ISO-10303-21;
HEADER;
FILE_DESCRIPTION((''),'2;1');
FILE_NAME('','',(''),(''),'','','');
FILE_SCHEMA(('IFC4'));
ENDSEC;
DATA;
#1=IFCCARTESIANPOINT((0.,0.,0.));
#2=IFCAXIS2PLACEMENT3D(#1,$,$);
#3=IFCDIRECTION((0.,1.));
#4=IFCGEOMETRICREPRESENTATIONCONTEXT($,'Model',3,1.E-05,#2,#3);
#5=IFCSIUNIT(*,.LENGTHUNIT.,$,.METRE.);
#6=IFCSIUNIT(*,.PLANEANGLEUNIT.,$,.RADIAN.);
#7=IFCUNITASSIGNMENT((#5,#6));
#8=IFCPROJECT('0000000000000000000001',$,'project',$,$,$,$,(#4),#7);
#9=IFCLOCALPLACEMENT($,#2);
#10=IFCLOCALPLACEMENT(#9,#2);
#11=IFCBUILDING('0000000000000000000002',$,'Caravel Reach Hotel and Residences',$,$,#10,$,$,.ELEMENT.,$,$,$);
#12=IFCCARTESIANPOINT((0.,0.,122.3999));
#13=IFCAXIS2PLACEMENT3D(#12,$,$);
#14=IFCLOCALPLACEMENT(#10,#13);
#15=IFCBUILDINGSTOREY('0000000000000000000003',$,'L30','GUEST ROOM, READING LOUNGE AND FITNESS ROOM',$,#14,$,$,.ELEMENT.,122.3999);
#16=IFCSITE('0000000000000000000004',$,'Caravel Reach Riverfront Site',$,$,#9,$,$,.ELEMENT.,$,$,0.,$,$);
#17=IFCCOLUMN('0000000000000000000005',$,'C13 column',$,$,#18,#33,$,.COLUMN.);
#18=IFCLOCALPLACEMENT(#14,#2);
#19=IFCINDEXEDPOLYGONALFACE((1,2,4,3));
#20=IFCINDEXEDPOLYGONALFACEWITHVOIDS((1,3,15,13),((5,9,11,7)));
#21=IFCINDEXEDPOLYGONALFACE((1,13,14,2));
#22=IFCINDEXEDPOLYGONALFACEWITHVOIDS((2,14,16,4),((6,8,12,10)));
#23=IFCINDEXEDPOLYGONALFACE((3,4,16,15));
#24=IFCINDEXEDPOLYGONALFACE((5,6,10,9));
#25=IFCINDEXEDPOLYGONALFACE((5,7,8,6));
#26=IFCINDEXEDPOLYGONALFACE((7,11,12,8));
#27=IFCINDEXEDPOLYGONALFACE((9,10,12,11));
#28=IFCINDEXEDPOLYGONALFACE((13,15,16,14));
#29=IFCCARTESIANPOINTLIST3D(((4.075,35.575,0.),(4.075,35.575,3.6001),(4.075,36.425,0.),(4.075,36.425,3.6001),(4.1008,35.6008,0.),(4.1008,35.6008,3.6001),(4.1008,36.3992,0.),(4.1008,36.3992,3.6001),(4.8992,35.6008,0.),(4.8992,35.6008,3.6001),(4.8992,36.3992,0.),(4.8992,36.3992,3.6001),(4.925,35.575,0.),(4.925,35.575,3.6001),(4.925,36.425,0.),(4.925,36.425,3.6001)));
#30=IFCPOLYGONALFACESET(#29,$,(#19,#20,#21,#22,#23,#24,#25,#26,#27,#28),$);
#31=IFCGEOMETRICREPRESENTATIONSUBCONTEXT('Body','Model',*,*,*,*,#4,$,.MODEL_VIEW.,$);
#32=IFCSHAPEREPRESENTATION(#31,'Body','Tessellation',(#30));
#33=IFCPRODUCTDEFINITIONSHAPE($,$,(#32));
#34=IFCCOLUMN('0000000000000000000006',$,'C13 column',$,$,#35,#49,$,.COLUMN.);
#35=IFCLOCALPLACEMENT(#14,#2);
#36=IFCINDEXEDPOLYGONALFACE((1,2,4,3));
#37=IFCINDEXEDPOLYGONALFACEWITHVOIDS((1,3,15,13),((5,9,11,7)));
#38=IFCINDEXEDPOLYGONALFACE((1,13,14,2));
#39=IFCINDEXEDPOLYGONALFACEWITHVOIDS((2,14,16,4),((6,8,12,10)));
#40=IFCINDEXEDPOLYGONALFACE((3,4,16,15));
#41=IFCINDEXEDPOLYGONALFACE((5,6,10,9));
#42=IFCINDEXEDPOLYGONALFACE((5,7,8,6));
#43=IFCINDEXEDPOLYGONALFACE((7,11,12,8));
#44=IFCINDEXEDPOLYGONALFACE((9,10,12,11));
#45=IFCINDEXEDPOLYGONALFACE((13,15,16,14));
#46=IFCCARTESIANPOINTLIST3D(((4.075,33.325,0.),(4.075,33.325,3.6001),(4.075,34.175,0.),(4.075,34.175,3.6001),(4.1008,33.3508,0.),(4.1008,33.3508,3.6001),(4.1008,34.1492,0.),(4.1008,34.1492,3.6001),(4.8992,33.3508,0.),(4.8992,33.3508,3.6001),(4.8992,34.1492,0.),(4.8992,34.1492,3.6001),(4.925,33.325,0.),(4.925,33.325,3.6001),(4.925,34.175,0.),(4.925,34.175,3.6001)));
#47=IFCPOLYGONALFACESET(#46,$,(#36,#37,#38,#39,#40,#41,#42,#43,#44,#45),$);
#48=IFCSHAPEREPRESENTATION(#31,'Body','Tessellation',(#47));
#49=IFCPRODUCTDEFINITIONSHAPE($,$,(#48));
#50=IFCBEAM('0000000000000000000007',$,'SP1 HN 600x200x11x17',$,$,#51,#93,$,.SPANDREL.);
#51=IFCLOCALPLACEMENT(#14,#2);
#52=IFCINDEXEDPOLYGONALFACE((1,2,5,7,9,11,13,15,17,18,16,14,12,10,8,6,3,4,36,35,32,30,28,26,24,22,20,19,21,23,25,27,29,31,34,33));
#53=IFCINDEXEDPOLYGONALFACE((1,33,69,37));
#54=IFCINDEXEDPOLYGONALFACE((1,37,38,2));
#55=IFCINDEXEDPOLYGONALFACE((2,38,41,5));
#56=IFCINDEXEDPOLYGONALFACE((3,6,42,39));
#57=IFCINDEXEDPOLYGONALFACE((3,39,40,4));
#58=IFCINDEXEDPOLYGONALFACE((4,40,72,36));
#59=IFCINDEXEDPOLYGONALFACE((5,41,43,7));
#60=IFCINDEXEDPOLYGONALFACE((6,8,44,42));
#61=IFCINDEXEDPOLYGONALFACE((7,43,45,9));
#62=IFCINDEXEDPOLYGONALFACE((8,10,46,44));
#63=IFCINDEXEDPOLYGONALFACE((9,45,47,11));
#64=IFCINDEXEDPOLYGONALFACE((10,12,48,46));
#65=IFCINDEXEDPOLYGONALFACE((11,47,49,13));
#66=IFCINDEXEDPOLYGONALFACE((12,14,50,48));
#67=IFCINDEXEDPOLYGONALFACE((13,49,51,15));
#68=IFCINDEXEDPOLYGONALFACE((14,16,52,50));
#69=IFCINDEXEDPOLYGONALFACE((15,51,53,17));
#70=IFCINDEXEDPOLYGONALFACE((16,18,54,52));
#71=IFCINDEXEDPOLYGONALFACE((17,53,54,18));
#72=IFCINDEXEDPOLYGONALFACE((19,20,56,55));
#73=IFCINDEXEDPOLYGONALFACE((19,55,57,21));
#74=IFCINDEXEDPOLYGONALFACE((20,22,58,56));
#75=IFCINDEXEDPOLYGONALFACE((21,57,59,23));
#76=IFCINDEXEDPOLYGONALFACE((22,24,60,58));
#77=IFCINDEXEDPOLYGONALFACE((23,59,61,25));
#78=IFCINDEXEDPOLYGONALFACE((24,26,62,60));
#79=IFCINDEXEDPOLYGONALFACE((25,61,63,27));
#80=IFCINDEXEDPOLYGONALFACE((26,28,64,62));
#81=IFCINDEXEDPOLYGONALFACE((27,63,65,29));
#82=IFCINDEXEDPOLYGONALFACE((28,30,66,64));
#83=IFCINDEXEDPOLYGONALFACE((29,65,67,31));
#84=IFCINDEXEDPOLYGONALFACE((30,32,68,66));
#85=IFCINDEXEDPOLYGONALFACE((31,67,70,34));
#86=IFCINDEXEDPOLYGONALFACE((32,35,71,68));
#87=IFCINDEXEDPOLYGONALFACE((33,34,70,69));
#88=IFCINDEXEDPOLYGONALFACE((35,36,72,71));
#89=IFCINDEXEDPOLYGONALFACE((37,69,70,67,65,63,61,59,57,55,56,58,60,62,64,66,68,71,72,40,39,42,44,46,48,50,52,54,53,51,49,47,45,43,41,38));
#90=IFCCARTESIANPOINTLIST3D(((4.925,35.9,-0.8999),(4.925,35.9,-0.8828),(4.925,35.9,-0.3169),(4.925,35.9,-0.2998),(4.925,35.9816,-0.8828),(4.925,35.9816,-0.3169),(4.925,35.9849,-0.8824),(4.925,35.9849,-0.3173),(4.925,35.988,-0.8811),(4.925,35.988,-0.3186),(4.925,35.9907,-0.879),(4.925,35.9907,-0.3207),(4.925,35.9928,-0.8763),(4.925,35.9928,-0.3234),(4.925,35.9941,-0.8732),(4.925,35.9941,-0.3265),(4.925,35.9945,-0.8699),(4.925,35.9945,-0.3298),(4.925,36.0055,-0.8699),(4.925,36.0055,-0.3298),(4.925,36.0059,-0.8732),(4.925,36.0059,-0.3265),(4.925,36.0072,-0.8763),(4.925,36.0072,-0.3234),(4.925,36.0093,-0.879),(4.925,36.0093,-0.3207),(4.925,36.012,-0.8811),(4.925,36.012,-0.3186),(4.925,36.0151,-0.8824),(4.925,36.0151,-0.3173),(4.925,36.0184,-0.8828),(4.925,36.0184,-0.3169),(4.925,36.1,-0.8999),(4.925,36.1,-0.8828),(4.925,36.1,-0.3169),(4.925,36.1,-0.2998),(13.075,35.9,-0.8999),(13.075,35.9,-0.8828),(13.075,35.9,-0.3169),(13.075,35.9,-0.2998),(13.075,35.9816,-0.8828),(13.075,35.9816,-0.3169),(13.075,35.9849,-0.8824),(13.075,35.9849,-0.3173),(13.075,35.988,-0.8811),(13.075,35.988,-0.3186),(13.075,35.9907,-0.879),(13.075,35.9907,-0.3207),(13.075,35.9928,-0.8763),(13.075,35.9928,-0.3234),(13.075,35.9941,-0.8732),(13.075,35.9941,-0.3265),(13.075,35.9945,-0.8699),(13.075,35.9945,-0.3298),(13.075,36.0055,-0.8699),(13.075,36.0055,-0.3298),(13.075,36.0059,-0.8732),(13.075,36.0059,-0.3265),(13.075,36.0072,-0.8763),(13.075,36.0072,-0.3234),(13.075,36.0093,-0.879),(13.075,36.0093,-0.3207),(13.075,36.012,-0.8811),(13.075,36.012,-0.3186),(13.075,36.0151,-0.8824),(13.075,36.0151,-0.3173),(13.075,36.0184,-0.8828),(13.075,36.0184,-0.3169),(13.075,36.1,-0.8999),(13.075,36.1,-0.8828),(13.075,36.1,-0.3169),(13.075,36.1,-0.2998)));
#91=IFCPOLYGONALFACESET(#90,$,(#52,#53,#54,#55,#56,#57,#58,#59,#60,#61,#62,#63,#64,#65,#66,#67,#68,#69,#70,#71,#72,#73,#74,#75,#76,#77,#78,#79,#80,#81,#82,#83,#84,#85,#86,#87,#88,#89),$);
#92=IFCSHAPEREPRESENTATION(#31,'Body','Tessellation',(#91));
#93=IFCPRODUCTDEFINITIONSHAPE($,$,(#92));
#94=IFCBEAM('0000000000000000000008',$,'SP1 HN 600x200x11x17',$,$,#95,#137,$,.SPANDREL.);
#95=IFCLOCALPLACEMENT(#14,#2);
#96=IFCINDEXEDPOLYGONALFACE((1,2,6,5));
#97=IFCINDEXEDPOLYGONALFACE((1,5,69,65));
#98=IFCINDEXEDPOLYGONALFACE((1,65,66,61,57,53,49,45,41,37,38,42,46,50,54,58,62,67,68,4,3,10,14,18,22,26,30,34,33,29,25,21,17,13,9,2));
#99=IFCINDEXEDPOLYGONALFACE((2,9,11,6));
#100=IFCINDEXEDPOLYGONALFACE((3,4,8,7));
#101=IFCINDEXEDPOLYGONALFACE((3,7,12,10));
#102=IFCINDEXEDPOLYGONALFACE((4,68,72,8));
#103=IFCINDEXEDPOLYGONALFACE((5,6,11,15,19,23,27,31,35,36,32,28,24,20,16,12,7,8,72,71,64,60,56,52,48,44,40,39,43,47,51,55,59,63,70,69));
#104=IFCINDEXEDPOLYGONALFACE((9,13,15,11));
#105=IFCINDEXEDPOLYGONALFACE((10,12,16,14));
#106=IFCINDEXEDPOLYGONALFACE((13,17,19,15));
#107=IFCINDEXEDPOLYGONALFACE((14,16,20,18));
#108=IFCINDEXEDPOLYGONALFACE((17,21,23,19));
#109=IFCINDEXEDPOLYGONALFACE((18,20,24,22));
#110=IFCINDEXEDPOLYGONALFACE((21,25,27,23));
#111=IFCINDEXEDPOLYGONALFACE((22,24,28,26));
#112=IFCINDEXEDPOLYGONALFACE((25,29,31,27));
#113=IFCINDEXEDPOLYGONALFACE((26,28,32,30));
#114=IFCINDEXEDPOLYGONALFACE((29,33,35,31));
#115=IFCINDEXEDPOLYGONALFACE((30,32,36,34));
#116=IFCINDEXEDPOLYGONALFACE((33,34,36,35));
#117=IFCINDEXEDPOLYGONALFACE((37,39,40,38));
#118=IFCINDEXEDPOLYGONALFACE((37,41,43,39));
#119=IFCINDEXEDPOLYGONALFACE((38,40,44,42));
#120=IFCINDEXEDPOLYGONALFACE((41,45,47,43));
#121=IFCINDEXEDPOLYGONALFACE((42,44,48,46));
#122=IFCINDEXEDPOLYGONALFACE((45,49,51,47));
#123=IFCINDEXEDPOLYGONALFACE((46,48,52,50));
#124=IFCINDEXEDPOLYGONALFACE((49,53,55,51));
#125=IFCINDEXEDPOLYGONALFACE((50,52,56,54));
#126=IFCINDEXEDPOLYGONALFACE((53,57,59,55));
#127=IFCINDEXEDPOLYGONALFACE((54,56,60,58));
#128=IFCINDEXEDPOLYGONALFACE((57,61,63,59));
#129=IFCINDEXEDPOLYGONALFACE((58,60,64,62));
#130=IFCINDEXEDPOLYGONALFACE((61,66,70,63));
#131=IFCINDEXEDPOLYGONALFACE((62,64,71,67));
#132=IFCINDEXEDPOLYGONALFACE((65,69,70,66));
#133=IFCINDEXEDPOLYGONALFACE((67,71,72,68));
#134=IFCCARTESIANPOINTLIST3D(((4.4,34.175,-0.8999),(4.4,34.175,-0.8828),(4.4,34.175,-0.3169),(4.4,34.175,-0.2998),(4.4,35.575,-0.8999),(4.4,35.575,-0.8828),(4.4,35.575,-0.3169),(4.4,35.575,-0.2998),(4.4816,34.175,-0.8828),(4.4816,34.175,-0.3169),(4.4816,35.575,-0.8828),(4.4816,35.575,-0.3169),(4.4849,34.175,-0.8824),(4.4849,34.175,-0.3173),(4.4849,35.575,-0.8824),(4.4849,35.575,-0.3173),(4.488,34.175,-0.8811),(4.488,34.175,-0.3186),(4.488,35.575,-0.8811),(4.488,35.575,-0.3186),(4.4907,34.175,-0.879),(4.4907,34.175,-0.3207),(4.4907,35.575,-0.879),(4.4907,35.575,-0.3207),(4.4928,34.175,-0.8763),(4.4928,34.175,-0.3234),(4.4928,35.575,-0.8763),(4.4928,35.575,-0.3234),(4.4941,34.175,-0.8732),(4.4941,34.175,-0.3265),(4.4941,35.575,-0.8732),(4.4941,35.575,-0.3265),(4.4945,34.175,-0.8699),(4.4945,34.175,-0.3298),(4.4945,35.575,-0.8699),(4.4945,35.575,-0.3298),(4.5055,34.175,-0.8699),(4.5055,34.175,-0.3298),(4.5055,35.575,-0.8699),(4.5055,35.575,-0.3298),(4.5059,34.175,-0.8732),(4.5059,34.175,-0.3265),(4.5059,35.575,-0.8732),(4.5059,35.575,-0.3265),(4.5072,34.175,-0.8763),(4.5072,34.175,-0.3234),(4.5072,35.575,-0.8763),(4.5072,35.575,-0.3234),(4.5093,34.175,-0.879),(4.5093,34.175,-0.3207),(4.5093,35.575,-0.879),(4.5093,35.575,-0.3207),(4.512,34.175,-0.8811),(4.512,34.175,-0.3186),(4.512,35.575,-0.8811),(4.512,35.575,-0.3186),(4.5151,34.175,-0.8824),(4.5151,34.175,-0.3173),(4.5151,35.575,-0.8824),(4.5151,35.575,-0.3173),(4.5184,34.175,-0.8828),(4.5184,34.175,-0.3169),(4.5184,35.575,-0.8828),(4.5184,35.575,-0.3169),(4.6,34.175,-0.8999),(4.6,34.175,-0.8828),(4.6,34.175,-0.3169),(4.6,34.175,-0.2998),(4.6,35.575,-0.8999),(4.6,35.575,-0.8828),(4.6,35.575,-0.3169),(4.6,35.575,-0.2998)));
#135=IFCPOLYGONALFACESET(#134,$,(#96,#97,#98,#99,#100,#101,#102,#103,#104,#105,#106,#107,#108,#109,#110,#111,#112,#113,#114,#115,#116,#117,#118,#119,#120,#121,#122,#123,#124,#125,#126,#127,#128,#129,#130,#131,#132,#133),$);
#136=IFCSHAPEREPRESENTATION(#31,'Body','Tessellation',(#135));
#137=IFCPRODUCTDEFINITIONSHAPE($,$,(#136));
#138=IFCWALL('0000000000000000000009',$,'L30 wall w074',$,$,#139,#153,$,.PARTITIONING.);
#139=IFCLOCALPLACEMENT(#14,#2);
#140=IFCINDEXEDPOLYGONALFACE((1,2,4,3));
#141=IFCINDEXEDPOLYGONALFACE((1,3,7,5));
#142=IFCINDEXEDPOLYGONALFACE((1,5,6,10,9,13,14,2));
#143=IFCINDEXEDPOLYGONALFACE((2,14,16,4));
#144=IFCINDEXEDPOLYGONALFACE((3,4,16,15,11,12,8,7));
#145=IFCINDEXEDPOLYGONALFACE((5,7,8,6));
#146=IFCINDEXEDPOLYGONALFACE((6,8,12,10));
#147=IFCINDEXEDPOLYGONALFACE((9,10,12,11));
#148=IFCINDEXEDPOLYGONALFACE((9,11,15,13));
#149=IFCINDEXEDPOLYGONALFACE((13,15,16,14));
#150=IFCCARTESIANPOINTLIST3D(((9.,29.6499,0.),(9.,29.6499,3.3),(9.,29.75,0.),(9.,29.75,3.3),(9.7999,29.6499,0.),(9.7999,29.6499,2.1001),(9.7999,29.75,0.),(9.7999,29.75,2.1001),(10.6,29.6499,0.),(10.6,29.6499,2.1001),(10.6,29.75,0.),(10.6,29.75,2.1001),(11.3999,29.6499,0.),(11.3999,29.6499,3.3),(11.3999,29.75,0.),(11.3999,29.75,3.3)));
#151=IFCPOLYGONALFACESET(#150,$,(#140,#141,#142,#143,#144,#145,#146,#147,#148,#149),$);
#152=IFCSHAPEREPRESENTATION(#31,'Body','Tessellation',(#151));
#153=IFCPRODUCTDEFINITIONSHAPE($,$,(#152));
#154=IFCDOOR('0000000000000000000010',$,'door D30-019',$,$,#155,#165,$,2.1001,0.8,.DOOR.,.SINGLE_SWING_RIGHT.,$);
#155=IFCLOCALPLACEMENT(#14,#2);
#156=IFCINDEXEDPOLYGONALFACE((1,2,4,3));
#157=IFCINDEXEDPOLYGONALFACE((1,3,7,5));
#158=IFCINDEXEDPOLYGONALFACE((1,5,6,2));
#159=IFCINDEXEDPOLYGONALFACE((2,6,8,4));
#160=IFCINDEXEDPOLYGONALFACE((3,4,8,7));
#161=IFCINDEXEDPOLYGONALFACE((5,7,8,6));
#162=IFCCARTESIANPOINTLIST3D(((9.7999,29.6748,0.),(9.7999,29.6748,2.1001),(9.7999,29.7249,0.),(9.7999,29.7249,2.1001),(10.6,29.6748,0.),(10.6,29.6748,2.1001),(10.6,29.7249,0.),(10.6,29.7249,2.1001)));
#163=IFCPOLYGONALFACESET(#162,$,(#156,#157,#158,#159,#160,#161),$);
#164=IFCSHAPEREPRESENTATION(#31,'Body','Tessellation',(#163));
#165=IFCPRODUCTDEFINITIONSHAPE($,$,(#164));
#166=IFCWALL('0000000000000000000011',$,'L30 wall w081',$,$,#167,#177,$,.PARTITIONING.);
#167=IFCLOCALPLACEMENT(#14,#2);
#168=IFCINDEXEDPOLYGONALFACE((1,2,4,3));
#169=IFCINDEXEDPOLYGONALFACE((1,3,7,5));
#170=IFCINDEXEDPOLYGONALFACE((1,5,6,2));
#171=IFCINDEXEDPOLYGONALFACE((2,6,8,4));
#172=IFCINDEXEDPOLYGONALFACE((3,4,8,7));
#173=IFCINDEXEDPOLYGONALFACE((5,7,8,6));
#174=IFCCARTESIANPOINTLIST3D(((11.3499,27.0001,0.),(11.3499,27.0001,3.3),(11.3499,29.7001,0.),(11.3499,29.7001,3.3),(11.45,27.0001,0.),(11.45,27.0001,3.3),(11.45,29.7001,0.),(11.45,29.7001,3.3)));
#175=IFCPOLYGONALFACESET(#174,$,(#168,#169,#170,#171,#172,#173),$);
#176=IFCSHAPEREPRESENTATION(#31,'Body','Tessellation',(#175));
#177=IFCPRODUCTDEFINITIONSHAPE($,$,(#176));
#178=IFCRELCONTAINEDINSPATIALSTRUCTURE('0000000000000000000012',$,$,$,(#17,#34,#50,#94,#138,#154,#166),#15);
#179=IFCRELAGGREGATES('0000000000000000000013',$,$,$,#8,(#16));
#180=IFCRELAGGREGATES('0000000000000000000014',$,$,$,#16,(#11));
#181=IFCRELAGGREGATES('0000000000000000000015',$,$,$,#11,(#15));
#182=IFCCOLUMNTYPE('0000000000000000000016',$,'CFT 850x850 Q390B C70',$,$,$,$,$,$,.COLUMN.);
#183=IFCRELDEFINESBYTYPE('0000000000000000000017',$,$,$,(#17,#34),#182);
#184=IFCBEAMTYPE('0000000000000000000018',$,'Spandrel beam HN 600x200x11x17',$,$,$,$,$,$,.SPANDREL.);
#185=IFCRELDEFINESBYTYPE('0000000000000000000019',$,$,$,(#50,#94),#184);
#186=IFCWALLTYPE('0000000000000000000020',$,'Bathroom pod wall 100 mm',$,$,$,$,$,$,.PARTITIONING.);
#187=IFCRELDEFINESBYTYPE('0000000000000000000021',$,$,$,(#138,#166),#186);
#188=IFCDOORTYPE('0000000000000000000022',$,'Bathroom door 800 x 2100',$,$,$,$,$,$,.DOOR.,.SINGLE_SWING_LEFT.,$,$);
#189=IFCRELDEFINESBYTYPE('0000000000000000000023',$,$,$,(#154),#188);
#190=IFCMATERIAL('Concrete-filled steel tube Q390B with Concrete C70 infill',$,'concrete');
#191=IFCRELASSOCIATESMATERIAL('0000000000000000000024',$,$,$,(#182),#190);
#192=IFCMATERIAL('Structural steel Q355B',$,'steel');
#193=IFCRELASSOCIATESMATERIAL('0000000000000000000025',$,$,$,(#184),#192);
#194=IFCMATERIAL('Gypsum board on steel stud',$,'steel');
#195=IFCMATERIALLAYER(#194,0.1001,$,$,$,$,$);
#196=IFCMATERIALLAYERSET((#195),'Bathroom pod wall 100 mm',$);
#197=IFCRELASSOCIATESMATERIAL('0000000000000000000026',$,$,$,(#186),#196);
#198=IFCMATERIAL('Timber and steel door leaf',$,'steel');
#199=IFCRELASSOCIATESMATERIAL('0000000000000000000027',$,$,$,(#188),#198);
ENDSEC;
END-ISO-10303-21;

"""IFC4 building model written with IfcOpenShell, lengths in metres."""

from ifc_helpers import new_model, si_unit, direction, frame, frame_2d, origin, origin_2d, place, context, subcontext, project, spatial, rectangle, hollow_rectangle, i_section, extrude, material, layer, layer_set, material_profile, profile_set, type_object, element, fill, save


model = new_model("IFC4")

# Units and contexts
model_context = context("Model", 3, precision=1e-05, world=origin(), true_north=direction((0.0, 1.0)))
body_context = subcontext(model_context, "Body", "Model", "MODEL_VIEW")
ifc_project = project(units=[si_unit("LENGTHUNIT", "METRE"), si_unit("PLANEANGLEUNIT", "RADIAN")], contexts=[model_context])

# Site, building, storey
site_placement = place(None, origin())
site = spatial("IfcSite", under=ifc_project, at=site_placement, Name="Caravel Reach Riverfront Site", CompositionType="ELEMENT", RefElevation=0.0)
building_placement = place(site_placement, origin())
building = spatial("IfcBuilding", under=site, at=building_placement, Name="Caravel Reach Hotel and Residences", CompositionType="ELEMENT")
storey_placement = place(building_placement, frame((0.0, 0.0, 122.3999)))
storey = spatial("IfcBuildingStorey", under=building, at=storey_placement, Name="L30", Description="GUEST ROOM, READING LOUNGE AND FITNESS ROOM", CompositionType="ELEMENT", Elevation=122.3999)

# Columns
ifc_material_1 = material(Name="Concrete-filled steel tube Q390B with Concrete C70 infill", Category="concrete")
ifc_material_profile_1 = material_profile(ifc_material_1, hollow_rectangle(XDim=0.8501, YDim=0.8501, WallThickness=0.0259, at=origin_2d()), Name="RHS 850x850x26")
ifc_profile_set_1 = profile_set([ifc_material_profile_1], Name="Concrete-filled steel tube Q390B with Concrete C70 infill")
column_type = type_object("IfcColumnType", Name="CFT 850x850 Q390B C70", PredefinedType="COLUMN", material=ifc_profile_set_1)
for number, where, z_axis, x_axis, name in (
    (1, (4.5, 36.0, 0.0), (0.0, 0.0, 1.0), (1.0, 0.0, 0.0), "C13 column"),
    (2, (4.5, 33.75, 0.0), (0.0, 0.0, 1.0), (1.0, 0.0, 0.0), "C13 column"),
):
    element("IfcColumn", number, at=place(storey_placement, frame(where, z_axis=z_axis, x_axis=x_axis)), inside=storey, type_object=column_type, Name=name, PredefinedType="COLUMN", context=body_context, shape_type="SweptSolid", body=[
        extrude(hollow_rectangle(XDim=0.8501, YDim=0.8501, WallThickness=0.0259, at=origin_2d()), origin(), (0.0, 0.0, 1.0), 3.6001),
    ])

# Beams
ifc_material_2 = material(Name="Structural steel Q355B", Category="steel")
ifc_material_profile_2 = material_profile(ifc_material_2, i_section(OverallWidth=0.2, OverallDepth=0.6001, WebThickness=0.011, FlangeThickness=0.0171, FilletRadius=0.0129, at=origin_2d()), Name="HN 600x200x11x17")
ifc_profile_set_2 = profile_set([ifc_material_profile_2], Name="Structural steel Q355B")
beam_type = type_object("IfcBeamType", Name="Spandrel beam HN 600x200x11x17", PredefinedType="SPANDREL", material=ifc_profile_set_2)
beam_1_placement = place(storey_placement, frame((13.075, 36.0, -0.5999), z_axis=(-1.0, 0.0, 0.0), x_axis=(0.0, -1.0, 0.0)))
element("IfcBeam", 3, at=beam_1_placement, inside=storey, type_object=beam_type, Name="SP1 HN 600x200x11x17", PredefinedType="SPANDREL", context=body_context, shape_type="SweptSolid", body=[
    extrude(i_section(OverallWidth=0.2, OverallDepth=0.6001, WebThickness=0.011, FlangeThickness=0.0171, FilletRadius=0.0129, at=origin_2d()), origin(), (0.0, 0.0, 1.0), 8.1499),
])
beam_2_placement = place(storey_placement, frame((4.5, 35.575, -0.5999), z_axis=(0.0, -1.0, 0.0), x_axis=(1.0, 0.0, 0.0)))
element("IfcBeam", 4, at=beam_2_placement, inside=storey, type_object=beam_type, Name="SP1 HN 600x200x11x17", PredefinedType="SPANDREL", context=body_context, shape_type="SweptSolid", body=[
    extrude(i_section(OverallWidth=0.2, OverallDepth=0.6001, WebThickness=0.011, FlangeThickness=0.0171, FilletRadius=0.0129, at=origin_2d()), origin(), (0.0, 0.0, 1.0), 1.3999),
])

# Wall, opening, door
ifc_material_3 = material(Name="Gypsum board on steel stud", Category="steel")
ifc_layer_1 = layer(ifc_material_3, 0.1001)
ifc_layer_set_1 = layer_set([ifc_layer_1], Name="Bathroom pod wall 100 mm")
wall_type_1 = type_object("IfcWallType", Name="Bathroom pod wall 100 mm", PredefinedType="PARTITIONING", material=ifc_layer_set_1)
wall_1_placement = place(storey_placement, frame((9.0, 29.7, 0.0), z_axis=(0.0, 0.0, 1.0), x_axis=(1.0, 0.0, 0.0)))
wall_1 = element("IfcWall", 5, at=wall_1_placement, inside=storey, type_object=wall_type_1, Name="L30 wall w074", PredefinedType="PARTITIONING", context=body_context, shape_type="SweptSolid", body=[
    extrude(rectangle(XDim=2.3999, YDim=0.1001, at=frame_2d((1.2, 0.0))), origin(), (0.0, 0.0, 1.0), 3.3),
])
opening_1_placement = place(wall_1_placement, frame((0.8, 0.0, 0.0)))
opening_1 = element("IfcOpeningElement", 6, at=opening_1_placement, cuts=wall_1, PredefinedType="OPENING", context=body_context, shape_type="SweptSolid", body=[
    extrude(rectangle(XDim=0.8, YDim=2.1001, at=frame_2d((0.3999, 1.05))), frame((0.0, 0.0601, 0.0), z_axis=(0.0, -1.0, 0.0), x_axis=(1.0, 0.0, 0.0)), (0.0, 0.0, 1.0), 0.1201),
])
ifc_material_4 = material(Name="Timber and steel door leaf", Category="steel")
door_type_1 = type_object("IfcDoorType", Name="Bathroom door 800 x 2100", OperationType="SINGLE_SWING_LEFT", PredefinedType="DOOR", material=ifc_material_4)
door_1_placement = place(opening_1_placement, origin())
door_1 = element("IfcDoor", 7, at=door_1_placement, inside=storey, type_object=door_type_1, Name="door D30-019", OperationType="SINGLE_SWING_RIGHT", OverallHeight=2.1001, OverallWidth=0.8, PredefinedType="DOOR", context=body_context, shape_type="SweptSolid", body=[
    extrude(rectangle(XDim=0.8, YDim=2.1001, at=frame_2d((0.3999, 1.05))), frame((0.0, 0.0249, 0.0), z_axis=(0.0, -1.0, 0.0), x_axis=(1.0, 0.0, 0.0)), (0.0, 0.0, 1.0), 0.05),
])
fill(opening_1, door_1)

# Wall
wall_2_placement = place(storey_placement, frame((11.3999, 27.0, 0.0), z_axis=(0.0, 0.0, 1.0), x_axis=(0.0, 1.0, 0.0)))
element("IfcWall", 8, at=wall_2_placement, inside=storey, type_object=wall_type_1, Name="L30 wall w081", PredefinedType="PARTITIONING", context=body_context, shape_type="SweptSolid", body=[
    extrude(rectangle(XDim=2.7, YDim=0.1001, at=frame_2d((1.3501, 0.0))), origin(), (0.0, 0.0, 1.0), 3.3),
])

save(model, "model.ifc")
